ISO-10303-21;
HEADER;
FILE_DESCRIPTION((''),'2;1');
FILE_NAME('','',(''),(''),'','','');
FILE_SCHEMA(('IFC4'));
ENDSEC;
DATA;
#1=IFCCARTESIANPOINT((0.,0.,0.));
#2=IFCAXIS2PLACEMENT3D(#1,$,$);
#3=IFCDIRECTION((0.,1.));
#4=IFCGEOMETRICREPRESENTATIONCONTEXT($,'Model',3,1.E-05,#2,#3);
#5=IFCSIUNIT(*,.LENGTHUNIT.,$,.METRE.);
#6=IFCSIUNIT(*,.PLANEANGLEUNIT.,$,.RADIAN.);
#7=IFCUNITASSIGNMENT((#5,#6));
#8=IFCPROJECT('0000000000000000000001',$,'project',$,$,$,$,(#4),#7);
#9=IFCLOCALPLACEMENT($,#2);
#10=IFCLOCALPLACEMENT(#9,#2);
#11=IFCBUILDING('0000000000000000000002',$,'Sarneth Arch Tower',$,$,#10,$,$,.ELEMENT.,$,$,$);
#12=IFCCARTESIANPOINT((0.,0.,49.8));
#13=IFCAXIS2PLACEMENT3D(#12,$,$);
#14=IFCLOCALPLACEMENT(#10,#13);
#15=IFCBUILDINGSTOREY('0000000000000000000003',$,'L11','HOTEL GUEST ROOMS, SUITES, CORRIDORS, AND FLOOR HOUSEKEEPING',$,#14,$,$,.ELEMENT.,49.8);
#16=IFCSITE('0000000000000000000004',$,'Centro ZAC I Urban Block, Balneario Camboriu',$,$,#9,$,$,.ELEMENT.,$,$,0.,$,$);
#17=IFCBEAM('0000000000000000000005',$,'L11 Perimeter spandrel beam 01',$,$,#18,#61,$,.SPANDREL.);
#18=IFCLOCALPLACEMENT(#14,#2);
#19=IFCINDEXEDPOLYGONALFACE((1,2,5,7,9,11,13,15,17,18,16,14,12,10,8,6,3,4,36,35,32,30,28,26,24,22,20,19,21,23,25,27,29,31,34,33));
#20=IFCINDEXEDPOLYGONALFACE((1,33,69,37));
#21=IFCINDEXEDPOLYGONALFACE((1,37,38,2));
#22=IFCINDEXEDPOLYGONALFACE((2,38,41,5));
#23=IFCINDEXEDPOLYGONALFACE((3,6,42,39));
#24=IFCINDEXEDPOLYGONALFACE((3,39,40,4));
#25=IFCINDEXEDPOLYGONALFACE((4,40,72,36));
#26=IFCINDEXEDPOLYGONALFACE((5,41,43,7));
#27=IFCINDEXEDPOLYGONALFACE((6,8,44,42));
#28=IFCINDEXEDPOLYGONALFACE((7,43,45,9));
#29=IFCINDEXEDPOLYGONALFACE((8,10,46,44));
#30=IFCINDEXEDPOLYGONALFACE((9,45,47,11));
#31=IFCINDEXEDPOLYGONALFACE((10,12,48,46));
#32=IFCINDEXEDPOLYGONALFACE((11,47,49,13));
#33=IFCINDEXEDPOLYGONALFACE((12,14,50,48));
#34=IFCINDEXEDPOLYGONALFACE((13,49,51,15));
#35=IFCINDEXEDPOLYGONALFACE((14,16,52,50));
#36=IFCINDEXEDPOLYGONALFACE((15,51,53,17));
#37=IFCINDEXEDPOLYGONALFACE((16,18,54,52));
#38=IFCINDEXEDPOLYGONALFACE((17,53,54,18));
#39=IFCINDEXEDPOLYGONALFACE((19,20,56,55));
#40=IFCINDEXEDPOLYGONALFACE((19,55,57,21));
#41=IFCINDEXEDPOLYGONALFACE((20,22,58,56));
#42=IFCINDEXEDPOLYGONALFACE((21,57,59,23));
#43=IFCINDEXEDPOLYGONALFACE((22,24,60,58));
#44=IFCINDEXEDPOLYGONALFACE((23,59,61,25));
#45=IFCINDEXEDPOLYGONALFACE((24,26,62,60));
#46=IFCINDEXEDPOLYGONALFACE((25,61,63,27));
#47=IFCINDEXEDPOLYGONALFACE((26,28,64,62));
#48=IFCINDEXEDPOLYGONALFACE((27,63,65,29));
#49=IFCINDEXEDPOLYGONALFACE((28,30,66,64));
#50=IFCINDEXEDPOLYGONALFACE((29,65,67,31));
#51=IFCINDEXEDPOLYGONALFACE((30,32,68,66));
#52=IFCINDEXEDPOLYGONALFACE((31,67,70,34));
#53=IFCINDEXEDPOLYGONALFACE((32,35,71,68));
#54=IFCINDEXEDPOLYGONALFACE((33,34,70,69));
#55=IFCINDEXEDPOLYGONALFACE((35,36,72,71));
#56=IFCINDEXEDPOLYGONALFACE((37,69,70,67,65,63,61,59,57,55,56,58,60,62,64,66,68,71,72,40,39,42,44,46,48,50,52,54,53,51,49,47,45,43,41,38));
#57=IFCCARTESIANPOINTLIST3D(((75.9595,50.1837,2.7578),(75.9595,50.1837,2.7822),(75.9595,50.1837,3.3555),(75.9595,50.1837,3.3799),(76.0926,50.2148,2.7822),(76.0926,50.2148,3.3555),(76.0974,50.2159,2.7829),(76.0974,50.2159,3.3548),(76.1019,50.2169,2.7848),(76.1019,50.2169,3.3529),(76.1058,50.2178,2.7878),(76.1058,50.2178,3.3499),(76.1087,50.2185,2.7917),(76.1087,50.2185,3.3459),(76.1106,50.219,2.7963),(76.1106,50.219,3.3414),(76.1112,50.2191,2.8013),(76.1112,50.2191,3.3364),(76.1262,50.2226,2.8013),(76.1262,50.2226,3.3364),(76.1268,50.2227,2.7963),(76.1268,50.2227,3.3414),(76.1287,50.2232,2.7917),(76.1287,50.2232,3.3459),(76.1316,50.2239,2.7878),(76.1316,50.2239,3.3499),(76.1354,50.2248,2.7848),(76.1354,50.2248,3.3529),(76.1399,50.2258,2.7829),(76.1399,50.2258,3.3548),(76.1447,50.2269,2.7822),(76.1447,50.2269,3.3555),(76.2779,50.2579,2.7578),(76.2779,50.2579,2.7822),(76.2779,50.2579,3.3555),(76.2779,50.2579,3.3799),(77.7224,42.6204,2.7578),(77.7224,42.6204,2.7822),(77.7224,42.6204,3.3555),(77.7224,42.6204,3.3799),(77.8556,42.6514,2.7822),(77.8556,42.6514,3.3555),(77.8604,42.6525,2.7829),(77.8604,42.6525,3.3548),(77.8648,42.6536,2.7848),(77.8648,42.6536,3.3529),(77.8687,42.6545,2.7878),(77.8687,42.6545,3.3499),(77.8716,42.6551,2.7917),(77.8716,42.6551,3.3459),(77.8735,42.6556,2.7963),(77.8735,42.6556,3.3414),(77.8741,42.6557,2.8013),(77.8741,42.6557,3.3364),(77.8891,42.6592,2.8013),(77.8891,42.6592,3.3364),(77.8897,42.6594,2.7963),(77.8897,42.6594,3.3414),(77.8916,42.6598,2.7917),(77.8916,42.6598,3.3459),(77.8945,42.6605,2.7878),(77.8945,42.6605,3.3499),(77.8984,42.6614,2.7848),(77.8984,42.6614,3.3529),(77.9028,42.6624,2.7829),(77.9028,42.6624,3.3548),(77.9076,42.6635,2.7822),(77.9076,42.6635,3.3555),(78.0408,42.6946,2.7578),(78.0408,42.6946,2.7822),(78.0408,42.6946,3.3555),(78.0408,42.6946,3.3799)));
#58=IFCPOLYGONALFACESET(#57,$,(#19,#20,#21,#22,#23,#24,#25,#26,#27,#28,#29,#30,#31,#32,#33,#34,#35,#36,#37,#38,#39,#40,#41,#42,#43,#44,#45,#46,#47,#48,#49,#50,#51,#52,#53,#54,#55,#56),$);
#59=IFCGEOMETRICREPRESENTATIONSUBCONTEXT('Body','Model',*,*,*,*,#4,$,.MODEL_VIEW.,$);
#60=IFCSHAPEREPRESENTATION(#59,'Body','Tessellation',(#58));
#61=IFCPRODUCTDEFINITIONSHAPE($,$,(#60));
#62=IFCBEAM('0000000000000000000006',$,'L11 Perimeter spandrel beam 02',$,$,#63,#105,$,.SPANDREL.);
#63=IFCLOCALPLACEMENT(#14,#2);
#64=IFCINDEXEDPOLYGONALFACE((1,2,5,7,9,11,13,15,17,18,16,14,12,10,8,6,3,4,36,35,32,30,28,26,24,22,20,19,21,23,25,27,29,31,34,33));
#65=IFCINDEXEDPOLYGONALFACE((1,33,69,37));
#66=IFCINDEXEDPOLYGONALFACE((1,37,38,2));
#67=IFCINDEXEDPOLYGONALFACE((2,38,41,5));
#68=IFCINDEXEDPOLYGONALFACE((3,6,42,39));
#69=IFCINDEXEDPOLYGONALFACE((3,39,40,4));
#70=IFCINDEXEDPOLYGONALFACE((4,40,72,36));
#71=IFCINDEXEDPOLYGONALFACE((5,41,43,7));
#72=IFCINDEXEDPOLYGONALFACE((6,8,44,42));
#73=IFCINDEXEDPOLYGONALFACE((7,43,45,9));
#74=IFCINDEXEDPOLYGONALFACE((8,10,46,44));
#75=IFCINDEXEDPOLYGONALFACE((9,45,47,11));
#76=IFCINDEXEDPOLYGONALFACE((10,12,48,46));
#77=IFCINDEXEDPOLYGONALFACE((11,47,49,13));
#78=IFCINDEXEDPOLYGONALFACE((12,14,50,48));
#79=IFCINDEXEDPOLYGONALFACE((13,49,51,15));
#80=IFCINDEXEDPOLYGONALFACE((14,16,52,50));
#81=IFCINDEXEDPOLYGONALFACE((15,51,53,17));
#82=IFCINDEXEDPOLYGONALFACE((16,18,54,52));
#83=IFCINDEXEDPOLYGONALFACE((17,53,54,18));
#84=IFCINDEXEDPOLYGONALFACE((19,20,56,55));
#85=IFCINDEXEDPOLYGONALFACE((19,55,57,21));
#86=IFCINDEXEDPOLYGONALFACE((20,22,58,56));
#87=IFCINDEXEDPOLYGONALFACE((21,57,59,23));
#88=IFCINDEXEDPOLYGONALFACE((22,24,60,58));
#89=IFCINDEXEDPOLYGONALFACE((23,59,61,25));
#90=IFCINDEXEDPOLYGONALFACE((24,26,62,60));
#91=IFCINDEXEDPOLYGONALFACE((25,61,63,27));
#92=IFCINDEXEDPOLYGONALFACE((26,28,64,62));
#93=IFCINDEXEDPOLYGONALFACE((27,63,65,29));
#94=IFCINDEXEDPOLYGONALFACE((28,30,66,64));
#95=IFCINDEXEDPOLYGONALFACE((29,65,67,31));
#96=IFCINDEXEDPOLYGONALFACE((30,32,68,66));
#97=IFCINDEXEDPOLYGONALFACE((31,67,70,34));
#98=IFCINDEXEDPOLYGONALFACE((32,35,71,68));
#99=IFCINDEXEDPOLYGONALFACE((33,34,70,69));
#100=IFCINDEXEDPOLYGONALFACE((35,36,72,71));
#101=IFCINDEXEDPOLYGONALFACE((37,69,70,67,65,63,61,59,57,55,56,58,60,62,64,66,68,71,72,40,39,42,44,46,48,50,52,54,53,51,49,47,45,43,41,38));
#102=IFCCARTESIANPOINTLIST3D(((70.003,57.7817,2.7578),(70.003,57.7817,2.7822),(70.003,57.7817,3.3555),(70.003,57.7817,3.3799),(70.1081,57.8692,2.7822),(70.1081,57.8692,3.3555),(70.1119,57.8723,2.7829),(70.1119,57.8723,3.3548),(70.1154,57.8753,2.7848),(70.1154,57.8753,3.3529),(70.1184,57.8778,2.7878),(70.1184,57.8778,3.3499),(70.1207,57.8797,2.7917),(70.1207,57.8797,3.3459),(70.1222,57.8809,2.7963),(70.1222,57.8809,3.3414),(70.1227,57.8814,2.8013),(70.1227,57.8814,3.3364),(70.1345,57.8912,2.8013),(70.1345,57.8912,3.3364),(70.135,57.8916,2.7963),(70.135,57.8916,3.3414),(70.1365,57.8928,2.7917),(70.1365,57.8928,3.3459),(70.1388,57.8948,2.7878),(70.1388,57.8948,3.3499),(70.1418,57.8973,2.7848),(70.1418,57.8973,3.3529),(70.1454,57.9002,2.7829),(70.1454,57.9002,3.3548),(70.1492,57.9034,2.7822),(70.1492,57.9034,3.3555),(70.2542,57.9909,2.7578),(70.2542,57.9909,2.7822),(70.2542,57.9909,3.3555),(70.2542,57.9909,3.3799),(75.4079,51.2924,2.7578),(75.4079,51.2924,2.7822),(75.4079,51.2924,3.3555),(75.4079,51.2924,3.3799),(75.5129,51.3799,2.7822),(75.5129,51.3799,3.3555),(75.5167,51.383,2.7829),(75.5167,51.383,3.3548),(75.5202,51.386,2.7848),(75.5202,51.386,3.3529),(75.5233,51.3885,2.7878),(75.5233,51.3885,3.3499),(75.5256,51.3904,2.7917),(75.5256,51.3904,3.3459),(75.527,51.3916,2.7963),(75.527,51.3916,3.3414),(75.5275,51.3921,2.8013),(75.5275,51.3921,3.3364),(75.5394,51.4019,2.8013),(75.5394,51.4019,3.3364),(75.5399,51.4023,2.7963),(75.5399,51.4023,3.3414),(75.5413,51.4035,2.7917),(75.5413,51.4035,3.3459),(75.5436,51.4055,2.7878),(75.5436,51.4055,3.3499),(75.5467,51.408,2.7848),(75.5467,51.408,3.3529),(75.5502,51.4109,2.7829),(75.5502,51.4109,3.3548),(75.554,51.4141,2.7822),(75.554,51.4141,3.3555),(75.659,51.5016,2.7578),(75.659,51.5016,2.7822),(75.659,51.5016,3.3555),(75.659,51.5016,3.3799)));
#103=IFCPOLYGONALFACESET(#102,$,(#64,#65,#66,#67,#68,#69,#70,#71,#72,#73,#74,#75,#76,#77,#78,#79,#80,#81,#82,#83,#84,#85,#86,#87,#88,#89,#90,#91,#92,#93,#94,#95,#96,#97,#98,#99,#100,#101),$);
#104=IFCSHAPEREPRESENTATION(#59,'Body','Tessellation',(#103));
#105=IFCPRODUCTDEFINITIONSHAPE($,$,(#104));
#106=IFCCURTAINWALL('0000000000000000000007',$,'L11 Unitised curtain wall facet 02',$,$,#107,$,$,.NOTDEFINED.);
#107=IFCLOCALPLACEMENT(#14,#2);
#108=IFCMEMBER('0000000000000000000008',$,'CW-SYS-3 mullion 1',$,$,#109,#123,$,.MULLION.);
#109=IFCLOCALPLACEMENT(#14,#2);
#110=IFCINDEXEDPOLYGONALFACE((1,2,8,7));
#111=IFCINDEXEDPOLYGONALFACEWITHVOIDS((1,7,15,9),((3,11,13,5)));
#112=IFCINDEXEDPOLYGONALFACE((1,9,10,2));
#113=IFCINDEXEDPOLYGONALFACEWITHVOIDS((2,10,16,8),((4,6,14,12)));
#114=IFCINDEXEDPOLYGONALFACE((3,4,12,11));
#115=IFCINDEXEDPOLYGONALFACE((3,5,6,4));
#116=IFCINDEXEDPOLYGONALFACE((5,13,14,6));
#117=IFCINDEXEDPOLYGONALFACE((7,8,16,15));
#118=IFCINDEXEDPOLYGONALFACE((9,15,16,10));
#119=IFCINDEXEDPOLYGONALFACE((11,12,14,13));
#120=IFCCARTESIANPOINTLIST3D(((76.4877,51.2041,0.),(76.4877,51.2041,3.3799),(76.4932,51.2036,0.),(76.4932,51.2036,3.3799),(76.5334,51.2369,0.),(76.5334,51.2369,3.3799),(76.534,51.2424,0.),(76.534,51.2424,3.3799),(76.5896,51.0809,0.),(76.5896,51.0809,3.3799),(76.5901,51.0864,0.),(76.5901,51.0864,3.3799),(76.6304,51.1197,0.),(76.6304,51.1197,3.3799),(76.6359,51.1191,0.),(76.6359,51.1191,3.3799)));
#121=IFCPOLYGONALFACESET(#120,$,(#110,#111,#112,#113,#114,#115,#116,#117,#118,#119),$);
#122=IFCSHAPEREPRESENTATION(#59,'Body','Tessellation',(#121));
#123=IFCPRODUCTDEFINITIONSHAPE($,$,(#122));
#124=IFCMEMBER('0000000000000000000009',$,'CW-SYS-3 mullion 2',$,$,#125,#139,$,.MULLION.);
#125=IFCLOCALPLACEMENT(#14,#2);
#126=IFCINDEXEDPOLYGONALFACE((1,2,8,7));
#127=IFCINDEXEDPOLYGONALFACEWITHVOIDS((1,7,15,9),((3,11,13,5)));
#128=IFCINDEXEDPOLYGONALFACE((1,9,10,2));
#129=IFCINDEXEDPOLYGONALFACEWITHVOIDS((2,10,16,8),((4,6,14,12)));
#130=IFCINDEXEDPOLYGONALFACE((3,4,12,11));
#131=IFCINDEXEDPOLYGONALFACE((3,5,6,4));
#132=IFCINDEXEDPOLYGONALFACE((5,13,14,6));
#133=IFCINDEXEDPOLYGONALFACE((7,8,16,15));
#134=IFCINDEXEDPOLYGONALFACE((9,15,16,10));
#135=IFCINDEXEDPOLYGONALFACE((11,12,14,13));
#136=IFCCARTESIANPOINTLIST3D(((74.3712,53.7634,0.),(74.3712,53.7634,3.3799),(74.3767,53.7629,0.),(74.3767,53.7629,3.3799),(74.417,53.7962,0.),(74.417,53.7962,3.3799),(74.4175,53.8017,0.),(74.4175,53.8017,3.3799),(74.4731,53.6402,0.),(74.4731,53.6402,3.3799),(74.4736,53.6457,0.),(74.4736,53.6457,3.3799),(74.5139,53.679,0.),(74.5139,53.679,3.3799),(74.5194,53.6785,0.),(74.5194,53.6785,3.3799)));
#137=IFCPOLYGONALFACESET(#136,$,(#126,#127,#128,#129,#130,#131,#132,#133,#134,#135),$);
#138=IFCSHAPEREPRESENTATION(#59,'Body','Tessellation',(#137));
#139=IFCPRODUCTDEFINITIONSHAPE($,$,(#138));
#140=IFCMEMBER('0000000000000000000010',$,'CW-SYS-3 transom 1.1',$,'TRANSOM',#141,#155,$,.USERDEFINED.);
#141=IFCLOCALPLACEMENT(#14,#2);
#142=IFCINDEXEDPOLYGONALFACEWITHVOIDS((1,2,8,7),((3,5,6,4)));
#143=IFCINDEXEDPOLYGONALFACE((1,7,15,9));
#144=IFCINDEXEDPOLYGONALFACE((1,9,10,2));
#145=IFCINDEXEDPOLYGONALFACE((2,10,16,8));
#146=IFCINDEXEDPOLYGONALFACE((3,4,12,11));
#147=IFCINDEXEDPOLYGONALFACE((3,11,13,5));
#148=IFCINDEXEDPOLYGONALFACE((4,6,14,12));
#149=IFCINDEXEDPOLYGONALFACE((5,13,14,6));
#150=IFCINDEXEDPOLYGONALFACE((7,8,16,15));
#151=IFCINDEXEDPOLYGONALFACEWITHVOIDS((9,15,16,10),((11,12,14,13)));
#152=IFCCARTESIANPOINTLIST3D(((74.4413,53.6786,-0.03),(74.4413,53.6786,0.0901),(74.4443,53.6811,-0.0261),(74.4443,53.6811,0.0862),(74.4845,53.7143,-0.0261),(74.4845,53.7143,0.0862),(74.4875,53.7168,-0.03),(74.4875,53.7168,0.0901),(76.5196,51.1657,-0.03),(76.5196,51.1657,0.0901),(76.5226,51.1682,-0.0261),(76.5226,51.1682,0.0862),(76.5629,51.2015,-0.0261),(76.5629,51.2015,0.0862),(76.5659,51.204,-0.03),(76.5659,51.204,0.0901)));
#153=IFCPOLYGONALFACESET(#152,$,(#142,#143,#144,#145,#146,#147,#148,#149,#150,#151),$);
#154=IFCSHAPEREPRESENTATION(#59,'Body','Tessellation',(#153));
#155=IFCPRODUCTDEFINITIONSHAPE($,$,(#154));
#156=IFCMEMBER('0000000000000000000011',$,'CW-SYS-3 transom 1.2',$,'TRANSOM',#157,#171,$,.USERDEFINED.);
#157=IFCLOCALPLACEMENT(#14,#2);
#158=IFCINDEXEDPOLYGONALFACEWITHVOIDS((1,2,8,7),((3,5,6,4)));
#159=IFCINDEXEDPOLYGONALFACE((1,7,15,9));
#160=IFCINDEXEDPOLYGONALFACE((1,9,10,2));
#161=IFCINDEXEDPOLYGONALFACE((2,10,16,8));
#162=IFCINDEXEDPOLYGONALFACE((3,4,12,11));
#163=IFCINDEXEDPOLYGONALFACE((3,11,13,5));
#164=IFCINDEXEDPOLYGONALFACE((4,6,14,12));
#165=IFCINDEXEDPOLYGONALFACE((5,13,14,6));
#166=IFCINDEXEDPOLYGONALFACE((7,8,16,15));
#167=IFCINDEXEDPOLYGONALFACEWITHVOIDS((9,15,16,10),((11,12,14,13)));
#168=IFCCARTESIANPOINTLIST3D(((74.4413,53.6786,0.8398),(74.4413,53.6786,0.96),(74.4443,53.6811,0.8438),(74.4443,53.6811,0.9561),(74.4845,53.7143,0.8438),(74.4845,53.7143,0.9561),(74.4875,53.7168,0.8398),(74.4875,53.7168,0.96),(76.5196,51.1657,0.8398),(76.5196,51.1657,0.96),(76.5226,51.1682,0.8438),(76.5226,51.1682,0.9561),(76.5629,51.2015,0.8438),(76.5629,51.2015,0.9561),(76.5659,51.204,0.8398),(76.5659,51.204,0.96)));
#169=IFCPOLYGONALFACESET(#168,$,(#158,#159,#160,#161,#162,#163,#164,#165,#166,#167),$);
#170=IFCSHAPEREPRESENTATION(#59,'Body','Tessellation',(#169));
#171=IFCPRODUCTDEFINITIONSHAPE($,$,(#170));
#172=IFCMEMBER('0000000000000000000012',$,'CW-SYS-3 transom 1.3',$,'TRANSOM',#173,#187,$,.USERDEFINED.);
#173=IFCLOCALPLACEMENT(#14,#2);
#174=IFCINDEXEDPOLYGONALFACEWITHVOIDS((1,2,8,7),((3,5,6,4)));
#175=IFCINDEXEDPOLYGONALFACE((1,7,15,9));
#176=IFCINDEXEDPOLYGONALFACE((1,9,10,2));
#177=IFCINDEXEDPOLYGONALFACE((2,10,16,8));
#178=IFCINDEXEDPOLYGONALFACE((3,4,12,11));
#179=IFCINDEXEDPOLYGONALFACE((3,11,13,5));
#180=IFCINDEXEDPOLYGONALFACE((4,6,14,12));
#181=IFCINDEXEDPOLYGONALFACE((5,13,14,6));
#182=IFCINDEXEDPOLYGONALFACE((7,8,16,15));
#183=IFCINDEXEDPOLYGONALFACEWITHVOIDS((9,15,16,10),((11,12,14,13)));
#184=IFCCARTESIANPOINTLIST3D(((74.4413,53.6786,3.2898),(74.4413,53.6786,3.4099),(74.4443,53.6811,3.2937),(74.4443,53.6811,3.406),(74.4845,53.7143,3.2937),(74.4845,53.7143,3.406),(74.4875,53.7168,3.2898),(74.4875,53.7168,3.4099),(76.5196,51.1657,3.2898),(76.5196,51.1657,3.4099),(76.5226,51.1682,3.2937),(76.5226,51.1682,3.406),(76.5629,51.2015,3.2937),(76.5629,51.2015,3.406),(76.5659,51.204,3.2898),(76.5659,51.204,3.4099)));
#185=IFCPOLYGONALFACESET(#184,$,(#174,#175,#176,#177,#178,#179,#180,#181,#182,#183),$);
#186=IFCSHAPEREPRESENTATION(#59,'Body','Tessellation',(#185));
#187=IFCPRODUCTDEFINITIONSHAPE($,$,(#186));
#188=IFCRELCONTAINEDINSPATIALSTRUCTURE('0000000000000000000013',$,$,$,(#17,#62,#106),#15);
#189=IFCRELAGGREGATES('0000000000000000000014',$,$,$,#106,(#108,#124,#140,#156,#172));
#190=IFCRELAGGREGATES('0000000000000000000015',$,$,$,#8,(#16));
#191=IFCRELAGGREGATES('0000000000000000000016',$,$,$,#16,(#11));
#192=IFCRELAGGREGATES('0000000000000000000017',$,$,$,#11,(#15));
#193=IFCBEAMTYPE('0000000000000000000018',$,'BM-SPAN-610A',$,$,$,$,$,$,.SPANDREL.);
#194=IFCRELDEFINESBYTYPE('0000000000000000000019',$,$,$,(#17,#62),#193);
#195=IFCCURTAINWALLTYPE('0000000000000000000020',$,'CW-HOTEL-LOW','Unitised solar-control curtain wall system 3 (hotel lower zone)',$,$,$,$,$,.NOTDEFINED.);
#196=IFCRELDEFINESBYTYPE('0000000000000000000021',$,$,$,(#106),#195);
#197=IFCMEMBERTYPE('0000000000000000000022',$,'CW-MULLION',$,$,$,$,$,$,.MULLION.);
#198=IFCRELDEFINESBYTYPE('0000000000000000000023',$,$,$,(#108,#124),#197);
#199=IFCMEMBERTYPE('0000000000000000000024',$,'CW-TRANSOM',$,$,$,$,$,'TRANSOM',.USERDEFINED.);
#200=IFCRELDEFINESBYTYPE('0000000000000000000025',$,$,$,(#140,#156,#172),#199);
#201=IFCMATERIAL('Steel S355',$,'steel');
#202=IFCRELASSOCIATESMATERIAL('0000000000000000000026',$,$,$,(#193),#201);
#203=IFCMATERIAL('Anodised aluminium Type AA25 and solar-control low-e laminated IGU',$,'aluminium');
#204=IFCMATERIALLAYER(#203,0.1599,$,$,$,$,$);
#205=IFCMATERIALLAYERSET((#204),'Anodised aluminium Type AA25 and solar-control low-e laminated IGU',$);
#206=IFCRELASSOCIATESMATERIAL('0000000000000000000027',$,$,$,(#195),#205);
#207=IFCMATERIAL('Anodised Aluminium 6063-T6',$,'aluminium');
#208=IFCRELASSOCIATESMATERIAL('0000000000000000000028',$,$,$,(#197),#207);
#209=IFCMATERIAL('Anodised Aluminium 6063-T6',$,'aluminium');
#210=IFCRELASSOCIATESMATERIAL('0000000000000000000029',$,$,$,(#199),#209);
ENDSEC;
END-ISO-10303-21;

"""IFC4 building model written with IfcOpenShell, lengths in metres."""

from ifc_helpers import new_model, si_unit, direction, frame, origin, origin_2d, place, context, subcontext, project, spatial, hollow_rectangle, i_section, extrude, material, layer, layer_set, material_profile, profile_set, type_object, element, aggregate, save


model = new_model("IFC4")

# Units and contexts
model_context = context("Model", 3, precision=1e-05, world=origin(), true_north=direction((0.0, 1.0)))
body_context = subcontext(model_context, "Body", "Model", "MODEL_VIEW")
ifc_project = project(units=[si_unit("LENGTHUNIT", "METRE"), si_unit("PLANEANGLEUNIT", "RADIAN")], contexts=[model_context])

# Site, building, storey
site_placement = place(None, origin())
site = spatial("IfcSite", under=ifc_project, at=site_placement, Name="Centro ZAC I Urban Block, Balneario Camboriu", CompositionType="ELEMENT", RefElevation=0.0)
building_placement = place(site_placement, origin())
building = spatial("IfcBuilding", under=site, at=building_placement, Name="Sarneth Arch Tower", CompositionType="ELEMENT")
storey_placement = place(building_placement, frame((0.0, 0.0, 49.8)))
storey = spatial("IfcBuildingStorey", under=building, at=storey_placement, Name="L11", Description="HOTEL GUEST ROOMS, SUITES, CORRIDORS, AND FLOOR HOUSEKEEPING", CompositionType="ELEMENT", Elevation=49.8)

# Beams
ifc_material_1 = material(Name="Steel S355", Category="steel")
ifc_material_profile_1 = material_profile(ifc_material_1, i_section(OverallWidth=0.3269, OverallDepth=0.6221, WebThickness=0.0154, FlangeThickness=0.0244, FilletRadius=0.019, at=origin_2d()), Name="W610x195")
ifc_profile_set_1 = profile_set([ifc_material_profile_1], Name="Steel S355")
beam_type = type_object("IfcBeamType", Name="BM-SPAN-610A", PredefinedType="SPANDREL", material=ifc_profile_set_1)
beam_1_placement = place(storey_placement, frame((77.8816, 42.6575, 3.0688), z_axis=(-0.227001, 0.973895, 0.0), x_axis=(-0.973895, -0.227001, 0.0)))
element("IfcBeam", 1, at=beam_1_placement, inside=storey, type_object=beam_type, Name="L11 Perimeter spandrel beam 01", PredefinedType="SPANDREL", context=body_context, shape_type="SweptSolid", body=[
    extrude(i_section(OverallWidth=0.3269, OverallDepth=0.6221, WebThickness=0.0154, FlangeThickness=0.0244, FilletRadius=0.019, at=origin_2d()), origin(), (0.0, 0.0, 1.0), 7.7661),
])
beam_2_placement = place(storey_placement, frame((75.5334, 51.397, 3.0688), z_axis=(-0.63998, 0.768392, 0.0), x_axis=(-0.768392, -0.63998, 0.0)))
element("IfcBeam", 2, at=beam_2_placement, inside=storey, type_object=beam_type, Name="L11 Perimeter spandrel beam 02", PredefinedType="SPANDREL", context=body_context, shape_type="SweptSolid", body=[
    extrude(i_section(OverallWidth=0.3269, OverallDepth=0.6221, WebThickness=0.0154, FlangeThickness=0.0244, FilletRadius=0.019, at=origin_2d()), origin(), (0.0, 0.0, 1.0), 8.4453),
])

# Curtain wall, members
ifc_material_2 = material(Name="Anodised aluminium Type AA25 and solar-control low-e laminated IGU", Category="aluminium")
ifc_layer_1 = layer(ifc_material_2, 0.1599)
ifc_layer_set_1 = layer_set([ifc_layer_1], Name="Anodised aluminium Type AA25 and solar-control low-e laminated IGU")
curtain_wall_type = type_object("IfcCurtainWallType", Name="CW-HOTEL-LOW", Description="Unitised solar-control curtain wall system 3 (hotel lower zone)", PredefinedType="NOTDEFINED", material=ifc_layer_set_1)
curtain_wall_placement = place(storey_placement, origin())
curtain_wall = element("IfcCurtainWall", 3, at=curtain_wall_placement, inside=storey, type_object=curtain_wall_type, Name="L11 Unitised curtain wall facet 02", PredefinedType="NOTDEFINED")
ifc_material_3 = material(Name="Anodised Aluminium 6063-T6", Category="aluminium")
ifc_material_profile_2 = material_profile(ifc_material_3, hollow_rectangle(XDim=0.0601, YDim=0.1599, WallThickness=0.0039, at=origin_2d()), Name="AL-MULL-160x60x4")
ifc_profile_set_2 = profile_set([ifc_material_profile_2], Name="Anodised Aluminium 6063-T6")
member_type_1 = type_object("IfcMemberType", Name="CW-MULLION", PredefinedType="MULLION", material=ifc_profile_set_2)
member_1_placement = place(storey_placement, frame((76.5618, 51.1616, 0.0), z_axis=(0.0, 0.0, 1.0), x_axis=(-0.770623, -0.637291, 0.0)))
member_1 = element("IfcMember", 4, at=member_1_placement, type_object=member_type_1, Name="CW-SYS-3 mullion 1", PredefinedType="MULLION", context=body_context, shape_type="SweptSolid", body=[
    extrude(hollow_rectangle(XDim=0.0601, YDim=0.1599, WallThickness=0.0039, at=origin_2d()), origin(), (0.0, 0.0, 1.0), 3.3799),
])
member_2_placement = place(storey_placement, frame((74.4453, 53.7209, 0.0), z_axis=(0.0, 0.0, 1.0), x_axis=(-0.770623, -0.637291, 0.0)))
member_2 = element("IfcMember", 5, at=member_2_placement, type_object=member_type_1, Name="CW-SYS-3 mullion 2", PredefinedType="MULLION", context=body_context, shape_type="SweptSolid", body=[
    extrude(hollow_rectangle(XDim=0.0601, YDim=0.1599, WallThickness=0.0039, at=origin_2d()), origin(), (0.0, 0.0, 1.0), 3.3799),
])
ifc_material_4 = material(Name="Anodised Aluminium 6063-T6", Category="aluminium")
ifc_material_profile_3 = material_profile(ifc_material_4, hollow_rectangle(XDim=0.0601, YDim=0.1201, WallThickness=0.0039, at=origin_2d()), Name="AL-TRAN-120x60x4")
ifc_profile_set_3 = profile_set([ifc_material_profile_3], Name="Anodised Aluminium 6063-T6")
member_type_2 = type_object("IfcMemberType", Name="CW-TRANSOM", ElementType="TRANSOM", PredefinedType="USERDEFINED", material=ifc_profile_set_3)
member_3_placement = place(storey_placement, frame((76.5427, 51.1848, 0.03), z_axis=(-0.63733, 0.770591, 0.0), x_axis=(-0.770591, -0.63733, 0.0)))
member_3 = element("IfcMember", 6, at=member_3_placement, type_object=member_type_2, Name="CW-SYS-3 transom 1.1", ObjectType="TRANSOM", PredefinedType="USERDEFINED", context=body_context, shape_type="SweptSolid", body=[
    extrude(hollow_rectangle(XDim=0.0601, YDim=0.1201, WallThickness=0.0039, at=origin_2d()), origin(), (0.0, 0.0, 1.0), 3.261),
])
member_4_placement = place(storey_placement, frame((76.5427, 51.1848, 0.8999), z_axis=(-0.63733, 0.770591, 0.0), x_axis=(-0.770591, -0.63733, 0.0)))
member_4 = element("IfcMember", 7, at=member_4_placement, type_object=member_type_2, Name="CW-SYS-3 transom 1.2", ObjectType="TRANSOM", PredefinedType="USERDEFINED", context=body_context, shape_type="SweptSolid", body=[
    extrude(hollow_rectangle(XDim=0.0601, YDim=0.1201, WallThickness=0.0039, at=origin_2d()), origin(), (0.0, 0.0, 1.0), 3.261),
])
member_5_placement = place(storey_placement, frame((76.5427, 51.1848, 3.3499), z_axis=(-0.63733, 0.770591, 0.0), x_axis=(-0.770591, -0.63733, 0.0)))
member_5 = element("IfcMember", 8, at=member_5_placement, type_object=member_type_2, Name="CW-SYS-3 transom 1.3", ObjectType="TRANSOM", PredefinedType="USERDEFINED", context=body_context, shape_type="SweptSolid", body=[
    extrude(hollow_rectangle(XDim=0.0601, YDim=0.1201, WallThickness=0.0039, at=origin_2d()), origin(), (0.0, 0.0, 1.0), 3.261),
])

aggregate(curtain_wall, [member_1, member_2, member_3, member_4, member_5])

save(model, "model.ifc")
